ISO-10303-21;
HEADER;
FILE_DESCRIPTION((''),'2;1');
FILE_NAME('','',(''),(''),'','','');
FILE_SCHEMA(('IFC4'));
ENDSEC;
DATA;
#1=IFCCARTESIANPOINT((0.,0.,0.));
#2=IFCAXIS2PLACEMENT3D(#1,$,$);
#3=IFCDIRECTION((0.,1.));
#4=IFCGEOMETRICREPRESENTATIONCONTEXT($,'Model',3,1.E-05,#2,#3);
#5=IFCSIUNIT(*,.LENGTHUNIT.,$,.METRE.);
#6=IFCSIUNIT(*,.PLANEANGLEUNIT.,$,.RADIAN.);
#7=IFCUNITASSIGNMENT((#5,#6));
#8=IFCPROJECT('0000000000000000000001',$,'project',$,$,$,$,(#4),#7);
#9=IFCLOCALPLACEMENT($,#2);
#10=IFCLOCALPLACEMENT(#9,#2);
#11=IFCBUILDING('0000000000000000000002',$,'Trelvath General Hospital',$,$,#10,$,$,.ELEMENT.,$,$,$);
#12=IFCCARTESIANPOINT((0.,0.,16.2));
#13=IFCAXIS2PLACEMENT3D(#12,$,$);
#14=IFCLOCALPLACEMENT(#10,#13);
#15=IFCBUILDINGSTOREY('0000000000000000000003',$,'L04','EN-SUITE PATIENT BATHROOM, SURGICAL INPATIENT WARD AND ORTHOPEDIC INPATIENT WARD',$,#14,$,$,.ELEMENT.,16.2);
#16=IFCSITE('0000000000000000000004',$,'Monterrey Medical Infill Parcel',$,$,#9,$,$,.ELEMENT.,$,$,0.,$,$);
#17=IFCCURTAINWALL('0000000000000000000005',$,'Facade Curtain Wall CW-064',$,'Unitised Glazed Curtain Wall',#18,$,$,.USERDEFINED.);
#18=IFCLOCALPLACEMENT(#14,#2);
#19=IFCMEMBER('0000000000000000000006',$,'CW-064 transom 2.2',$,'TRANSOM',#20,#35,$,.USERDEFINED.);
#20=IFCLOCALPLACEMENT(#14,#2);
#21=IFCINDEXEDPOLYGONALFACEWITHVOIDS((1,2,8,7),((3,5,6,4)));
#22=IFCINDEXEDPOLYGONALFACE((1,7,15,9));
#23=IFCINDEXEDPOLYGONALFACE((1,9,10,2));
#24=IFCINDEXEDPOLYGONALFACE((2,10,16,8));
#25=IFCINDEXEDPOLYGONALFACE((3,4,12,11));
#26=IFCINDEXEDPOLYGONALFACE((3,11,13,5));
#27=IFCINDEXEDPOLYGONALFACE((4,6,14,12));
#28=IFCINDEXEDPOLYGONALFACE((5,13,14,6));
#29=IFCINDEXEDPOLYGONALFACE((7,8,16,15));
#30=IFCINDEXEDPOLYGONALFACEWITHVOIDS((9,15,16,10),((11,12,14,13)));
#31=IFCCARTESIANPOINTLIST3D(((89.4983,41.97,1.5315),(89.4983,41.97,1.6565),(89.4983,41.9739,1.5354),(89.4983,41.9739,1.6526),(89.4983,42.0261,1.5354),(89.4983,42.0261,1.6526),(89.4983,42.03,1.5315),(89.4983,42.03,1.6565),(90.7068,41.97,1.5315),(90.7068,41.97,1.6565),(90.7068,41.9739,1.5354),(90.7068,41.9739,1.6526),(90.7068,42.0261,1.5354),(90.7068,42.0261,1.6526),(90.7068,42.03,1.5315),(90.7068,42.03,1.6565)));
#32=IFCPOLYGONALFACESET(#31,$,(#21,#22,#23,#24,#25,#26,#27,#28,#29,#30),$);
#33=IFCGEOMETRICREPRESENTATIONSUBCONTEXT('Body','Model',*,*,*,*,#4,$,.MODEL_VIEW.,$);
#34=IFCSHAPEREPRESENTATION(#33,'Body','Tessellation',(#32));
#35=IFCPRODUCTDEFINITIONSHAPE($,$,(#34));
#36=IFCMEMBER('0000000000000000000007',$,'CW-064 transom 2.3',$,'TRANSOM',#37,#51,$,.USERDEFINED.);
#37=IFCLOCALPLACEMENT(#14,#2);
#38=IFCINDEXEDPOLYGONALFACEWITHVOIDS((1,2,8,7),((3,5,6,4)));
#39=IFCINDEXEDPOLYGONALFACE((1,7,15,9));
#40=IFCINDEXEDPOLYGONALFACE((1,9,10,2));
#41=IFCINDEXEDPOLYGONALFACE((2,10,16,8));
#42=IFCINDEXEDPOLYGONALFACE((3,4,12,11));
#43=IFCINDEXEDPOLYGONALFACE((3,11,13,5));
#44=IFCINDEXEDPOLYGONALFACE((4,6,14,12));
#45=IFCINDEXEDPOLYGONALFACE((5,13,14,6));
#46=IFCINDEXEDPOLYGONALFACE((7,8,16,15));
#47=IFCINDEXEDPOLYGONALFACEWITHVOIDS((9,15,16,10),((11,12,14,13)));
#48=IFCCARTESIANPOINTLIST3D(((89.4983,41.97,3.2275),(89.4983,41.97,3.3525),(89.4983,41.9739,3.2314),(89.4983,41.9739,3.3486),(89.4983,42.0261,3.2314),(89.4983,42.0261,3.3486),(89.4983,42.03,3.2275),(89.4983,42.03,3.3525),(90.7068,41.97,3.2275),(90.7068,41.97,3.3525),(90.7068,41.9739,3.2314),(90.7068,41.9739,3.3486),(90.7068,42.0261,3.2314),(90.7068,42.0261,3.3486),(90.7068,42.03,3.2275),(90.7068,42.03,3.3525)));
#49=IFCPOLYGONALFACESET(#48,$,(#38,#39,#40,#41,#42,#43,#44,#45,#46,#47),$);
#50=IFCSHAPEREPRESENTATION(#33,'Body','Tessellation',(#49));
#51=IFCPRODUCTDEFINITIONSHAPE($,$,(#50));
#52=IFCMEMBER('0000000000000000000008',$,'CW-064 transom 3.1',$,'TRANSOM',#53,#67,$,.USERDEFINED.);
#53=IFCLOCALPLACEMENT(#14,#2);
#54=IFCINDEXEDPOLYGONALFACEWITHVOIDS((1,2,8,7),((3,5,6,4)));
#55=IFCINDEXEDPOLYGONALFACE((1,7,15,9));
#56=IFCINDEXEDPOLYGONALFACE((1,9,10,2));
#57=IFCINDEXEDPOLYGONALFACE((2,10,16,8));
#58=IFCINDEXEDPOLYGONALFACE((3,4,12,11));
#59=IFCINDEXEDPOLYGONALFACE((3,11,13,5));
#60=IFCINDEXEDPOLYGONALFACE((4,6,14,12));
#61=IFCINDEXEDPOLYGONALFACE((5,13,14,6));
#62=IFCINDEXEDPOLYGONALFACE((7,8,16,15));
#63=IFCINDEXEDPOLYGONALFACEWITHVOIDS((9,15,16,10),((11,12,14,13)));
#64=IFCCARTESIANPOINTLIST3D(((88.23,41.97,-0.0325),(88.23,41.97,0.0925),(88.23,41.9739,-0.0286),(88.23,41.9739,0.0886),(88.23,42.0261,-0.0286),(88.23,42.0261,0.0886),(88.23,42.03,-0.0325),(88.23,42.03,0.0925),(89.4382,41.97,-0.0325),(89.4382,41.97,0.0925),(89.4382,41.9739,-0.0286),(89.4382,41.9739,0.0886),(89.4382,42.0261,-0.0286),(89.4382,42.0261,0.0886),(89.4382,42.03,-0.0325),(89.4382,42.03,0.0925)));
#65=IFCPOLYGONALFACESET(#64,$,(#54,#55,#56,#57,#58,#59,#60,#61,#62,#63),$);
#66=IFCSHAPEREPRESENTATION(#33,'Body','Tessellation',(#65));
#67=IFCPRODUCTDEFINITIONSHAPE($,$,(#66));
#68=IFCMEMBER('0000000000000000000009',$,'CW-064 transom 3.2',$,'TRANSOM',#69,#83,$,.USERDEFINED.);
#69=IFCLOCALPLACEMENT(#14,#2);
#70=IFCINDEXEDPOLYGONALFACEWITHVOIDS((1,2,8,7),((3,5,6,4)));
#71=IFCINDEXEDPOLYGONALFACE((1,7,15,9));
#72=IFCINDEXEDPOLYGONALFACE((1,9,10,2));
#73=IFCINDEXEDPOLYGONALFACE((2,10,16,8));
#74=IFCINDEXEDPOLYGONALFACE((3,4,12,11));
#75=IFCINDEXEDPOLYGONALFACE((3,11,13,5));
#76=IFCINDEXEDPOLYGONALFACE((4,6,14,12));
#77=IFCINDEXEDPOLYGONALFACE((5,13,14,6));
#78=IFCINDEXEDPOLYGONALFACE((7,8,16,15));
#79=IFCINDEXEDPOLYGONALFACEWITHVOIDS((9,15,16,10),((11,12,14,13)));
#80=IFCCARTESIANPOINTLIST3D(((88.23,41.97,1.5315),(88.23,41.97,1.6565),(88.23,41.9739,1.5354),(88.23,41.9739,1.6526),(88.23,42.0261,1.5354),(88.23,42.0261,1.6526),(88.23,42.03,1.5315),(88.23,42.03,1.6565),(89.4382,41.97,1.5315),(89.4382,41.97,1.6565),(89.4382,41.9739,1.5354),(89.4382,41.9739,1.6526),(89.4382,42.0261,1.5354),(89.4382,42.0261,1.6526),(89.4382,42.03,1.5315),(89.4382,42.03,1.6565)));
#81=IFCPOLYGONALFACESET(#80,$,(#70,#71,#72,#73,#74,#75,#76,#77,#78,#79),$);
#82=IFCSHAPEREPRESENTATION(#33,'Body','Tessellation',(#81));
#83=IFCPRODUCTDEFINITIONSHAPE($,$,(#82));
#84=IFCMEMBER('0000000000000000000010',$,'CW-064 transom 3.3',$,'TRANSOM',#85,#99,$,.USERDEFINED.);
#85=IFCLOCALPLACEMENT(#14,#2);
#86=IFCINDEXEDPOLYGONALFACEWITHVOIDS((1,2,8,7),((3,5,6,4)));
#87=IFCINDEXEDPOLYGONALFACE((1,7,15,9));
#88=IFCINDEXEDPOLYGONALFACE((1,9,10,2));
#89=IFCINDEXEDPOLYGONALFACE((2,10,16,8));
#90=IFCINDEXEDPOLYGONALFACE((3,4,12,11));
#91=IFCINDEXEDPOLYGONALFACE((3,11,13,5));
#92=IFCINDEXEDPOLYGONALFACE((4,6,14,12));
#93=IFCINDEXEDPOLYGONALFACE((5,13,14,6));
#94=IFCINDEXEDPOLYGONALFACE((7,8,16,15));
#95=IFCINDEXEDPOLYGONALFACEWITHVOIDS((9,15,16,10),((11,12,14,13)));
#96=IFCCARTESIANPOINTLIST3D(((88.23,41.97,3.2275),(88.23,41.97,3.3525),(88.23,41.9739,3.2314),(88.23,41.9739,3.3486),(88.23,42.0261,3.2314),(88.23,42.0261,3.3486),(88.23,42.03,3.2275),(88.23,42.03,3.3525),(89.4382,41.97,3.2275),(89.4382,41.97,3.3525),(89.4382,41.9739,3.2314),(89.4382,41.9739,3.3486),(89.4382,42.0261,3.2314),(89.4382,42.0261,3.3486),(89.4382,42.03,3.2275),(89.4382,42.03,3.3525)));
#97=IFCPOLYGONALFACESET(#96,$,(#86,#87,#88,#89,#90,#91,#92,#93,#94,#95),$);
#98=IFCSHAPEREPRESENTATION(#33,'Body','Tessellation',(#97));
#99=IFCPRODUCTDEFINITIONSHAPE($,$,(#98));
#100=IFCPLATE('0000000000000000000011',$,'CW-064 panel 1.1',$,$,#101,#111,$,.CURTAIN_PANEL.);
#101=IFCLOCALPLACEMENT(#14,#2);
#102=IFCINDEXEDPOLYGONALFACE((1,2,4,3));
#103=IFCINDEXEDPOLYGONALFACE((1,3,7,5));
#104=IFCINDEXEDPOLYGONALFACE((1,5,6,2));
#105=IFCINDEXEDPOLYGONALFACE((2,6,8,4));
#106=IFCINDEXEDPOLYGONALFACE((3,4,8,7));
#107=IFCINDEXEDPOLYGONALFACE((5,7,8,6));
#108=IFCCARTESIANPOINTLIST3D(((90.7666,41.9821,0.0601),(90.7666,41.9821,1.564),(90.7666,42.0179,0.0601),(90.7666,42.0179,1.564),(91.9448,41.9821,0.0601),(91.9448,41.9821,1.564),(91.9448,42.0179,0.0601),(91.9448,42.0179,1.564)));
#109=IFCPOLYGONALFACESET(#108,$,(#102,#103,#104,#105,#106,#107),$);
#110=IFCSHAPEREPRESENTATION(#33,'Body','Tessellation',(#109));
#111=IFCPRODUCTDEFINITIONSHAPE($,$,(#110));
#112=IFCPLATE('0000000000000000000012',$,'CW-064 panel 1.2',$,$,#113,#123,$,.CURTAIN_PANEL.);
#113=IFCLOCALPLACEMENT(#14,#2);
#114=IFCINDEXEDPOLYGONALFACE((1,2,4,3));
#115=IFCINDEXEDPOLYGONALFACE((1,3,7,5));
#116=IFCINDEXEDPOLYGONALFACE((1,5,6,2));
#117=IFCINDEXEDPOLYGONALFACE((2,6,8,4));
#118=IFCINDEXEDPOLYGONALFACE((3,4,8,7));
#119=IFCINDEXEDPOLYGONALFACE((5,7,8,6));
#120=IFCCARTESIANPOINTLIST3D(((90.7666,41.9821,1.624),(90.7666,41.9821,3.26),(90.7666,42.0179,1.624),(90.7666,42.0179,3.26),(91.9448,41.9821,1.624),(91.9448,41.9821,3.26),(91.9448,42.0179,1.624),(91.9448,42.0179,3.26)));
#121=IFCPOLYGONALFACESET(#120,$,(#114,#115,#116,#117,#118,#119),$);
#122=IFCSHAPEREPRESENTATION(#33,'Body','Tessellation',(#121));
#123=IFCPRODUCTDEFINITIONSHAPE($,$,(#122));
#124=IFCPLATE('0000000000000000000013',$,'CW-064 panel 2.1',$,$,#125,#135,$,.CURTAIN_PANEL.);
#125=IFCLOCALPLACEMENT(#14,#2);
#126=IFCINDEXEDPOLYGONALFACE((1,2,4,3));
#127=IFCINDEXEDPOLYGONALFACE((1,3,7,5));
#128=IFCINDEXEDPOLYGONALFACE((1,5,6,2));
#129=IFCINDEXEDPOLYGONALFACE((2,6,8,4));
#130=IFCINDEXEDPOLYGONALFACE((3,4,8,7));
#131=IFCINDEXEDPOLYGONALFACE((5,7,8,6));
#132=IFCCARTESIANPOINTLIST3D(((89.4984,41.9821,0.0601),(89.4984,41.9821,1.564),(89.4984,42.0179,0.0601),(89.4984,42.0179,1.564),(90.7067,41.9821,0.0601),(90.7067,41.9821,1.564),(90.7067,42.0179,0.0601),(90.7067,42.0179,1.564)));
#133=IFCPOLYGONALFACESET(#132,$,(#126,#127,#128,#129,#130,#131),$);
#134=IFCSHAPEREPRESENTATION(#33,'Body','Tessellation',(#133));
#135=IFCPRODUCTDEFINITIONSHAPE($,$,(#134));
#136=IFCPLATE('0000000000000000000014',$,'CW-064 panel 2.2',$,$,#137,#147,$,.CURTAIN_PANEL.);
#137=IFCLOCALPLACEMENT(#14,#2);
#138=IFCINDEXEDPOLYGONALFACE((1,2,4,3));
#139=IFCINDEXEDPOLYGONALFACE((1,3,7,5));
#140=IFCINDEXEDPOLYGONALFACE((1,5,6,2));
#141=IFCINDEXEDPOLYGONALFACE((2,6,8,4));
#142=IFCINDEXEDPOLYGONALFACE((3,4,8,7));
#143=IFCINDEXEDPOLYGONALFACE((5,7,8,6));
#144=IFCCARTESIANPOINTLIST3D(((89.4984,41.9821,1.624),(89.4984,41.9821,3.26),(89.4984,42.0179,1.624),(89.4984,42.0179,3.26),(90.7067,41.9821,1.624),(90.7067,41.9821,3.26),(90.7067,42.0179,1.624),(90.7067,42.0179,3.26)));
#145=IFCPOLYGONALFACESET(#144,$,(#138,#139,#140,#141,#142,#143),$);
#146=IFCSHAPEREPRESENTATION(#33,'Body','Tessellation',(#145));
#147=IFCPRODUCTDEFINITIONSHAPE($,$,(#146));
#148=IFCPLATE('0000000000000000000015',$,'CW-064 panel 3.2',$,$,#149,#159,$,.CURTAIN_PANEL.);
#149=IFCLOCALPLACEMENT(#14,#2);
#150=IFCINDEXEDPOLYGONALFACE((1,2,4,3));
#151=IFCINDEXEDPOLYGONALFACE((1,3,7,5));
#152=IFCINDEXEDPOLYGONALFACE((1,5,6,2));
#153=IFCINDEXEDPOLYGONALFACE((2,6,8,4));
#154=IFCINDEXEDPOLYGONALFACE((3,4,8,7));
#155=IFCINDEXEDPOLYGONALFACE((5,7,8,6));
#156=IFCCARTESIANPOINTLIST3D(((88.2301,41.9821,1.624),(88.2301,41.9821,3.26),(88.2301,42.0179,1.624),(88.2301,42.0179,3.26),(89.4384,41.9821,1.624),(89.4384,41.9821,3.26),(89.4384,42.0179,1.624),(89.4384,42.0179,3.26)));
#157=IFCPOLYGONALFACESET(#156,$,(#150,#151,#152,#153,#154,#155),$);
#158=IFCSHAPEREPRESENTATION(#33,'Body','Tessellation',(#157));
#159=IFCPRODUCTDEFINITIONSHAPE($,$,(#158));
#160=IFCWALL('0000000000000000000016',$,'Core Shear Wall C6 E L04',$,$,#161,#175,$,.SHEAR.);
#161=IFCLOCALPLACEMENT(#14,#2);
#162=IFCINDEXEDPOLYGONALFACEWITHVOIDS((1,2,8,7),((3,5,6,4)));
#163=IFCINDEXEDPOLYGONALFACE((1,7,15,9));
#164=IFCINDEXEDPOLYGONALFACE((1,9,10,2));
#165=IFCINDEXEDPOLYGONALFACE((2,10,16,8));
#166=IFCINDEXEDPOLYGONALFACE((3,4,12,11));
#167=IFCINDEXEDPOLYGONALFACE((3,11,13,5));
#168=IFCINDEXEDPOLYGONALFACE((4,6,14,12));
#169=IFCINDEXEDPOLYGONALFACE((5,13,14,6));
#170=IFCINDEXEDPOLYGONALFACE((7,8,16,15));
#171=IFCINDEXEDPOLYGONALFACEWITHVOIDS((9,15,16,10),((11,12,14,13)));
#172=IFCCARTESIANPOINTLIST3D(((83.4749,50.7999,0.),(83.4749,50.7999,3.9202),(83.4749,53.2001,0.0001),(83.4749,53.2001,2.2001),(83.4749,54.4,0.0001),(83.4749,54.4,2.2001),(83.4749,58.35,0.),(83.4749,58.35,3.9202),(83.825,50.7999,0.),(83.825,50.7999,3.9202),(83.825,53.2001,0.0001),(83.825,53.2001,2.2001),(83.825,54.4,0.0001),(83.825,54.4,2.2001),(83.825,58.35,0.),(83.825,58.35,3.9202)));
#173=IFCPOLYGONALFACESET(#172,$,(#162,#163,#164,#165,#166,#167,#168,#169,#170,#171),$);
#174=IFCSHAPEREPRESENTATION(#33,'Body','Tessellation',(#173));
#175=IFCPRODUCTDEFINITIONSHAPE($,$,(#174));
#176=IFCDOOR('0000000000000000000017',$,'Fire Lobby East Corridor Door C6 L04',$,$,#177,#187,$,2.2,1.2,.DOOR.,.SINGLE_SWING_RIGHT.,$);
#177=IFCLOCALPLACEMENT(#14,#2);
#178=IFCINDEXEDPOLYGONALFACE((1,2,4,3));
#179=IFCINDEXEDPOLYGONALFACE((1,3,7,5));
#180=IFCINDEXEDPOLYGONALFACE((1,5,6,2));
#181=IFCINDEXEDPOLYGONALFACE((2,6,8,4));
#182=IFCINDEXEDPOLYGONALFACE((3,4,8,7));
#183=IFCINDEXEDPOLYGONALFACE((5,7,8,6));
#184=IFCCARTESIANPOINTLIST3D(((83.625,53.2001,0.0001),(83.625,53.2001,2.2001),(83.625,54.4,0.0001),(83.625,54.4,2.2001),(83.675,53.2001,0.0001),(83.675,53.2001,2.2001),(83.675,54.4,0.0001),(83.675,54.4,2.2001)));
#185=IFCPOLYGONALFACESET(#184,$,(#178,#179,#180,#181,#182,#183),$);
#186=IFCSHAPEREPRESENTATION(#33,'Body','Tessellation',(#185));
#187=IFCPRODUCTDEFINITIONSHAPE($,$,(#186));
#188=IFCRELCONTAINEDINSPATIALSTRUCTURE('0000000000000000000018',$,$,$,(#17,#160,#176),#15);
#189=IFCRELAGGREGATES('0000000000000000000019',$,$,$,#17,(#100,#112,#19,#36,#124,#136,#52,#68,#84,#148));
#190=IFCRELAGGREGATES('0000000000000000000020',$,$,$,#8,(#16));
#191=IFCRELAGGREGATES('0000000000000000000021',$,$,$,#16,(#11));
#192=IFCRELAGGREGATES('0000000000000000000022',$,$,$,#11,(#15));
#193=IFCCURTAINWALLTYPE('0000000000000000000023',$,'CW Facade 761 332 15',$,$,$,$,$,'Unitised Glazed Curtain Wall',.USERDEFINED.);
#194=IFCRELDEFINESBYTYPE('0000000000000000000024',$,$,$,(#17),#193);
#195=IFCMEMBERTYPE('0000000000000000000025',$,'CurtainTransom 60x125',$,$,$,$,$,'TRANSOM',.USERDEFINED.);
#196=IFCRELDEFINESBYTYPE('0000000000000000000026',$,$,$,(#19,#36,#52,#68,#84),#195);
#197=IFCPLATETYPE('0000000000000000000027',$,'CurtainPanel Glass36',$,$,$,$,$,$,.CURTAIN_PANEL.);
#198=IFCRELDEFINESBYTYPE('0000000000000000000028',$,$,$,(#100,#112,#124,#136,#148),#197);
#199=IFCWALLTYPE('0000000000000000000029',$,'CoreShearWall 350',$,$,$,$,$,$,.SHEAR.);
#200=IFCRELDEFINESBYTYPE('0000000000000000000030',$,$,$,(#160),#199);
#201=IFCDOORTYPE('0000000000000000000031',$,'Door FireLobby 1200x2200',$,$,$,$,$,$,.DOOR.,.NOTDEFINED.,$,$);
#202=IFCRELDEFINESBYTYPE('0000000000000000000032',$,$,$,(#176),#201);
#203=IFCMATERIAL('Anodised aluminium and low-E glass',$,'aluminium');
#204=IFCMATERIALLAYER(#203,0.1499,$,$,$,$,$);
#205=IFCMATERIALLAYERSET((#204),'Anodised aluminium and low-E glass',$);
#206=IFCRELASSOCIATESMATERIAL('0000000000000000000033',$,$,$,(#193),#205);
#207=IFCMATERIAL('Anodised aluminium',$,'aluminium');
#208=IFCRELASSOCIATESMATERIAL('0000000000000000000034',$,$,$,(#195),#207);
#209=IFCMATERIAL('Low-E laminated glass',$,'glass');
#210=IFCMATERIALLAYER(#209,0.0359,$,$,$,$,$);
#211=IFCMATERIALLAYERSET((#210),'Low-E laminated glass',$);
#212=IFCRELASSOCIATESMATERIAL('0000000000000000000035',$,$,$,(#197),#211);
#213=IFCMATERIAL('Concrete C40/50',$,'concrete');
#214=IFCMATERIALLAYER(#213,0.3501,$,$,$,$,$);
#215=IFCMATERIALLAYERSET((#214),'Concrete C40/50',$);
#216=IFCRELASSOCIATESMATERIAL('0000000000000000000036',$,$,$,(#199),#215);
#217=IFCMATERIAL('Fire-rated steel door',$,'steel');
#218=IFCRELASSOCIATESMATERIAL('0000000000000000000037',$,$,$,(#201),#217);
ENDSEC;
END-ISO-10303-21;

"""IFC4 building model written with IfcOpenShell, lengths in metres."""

from ifc_helpers import new_model, si_unit, direction, frame, frame_2d, origin, origin_2d, place, context, subcontext, project, spatial, rectangle, hollow_rectangle, extrude, material, layer, layer_set, material_profile, profile_set, type_object, element, fill, aggregate, save


model = new_model("IFC4")

# Units and contexts
model_context = context("Model", 3, precision=1e-05, world=origin(), true_north=direction((0.0, 1.0)))
body_context = subcontext(model_context, "Body", "Model", "MODEL_VIEW")
ifc_project = project(units=[si_unit("LENGTHUNIT", "METRE"), si_unit("PLANEANGLEUNIT", "RADIAN")], contexts=[model_context])

# Site, building, storey
site_placement = place(None, origin())
site = spatial("IfcSite", under=ifc_project, at=site_placement, Name="Monterrey Medical Infill Parcel", CompositionType="ELEMENT", RefElevation=0.0)
building_placement = place(site_placement, origin())
building = spatial("IfcBuilding", under=site, at=building_placement, Name="Trelvath General Hospital", CompositionType="ELEMENT")
storey_placement = place(building_placement, frame((0.0, 0.0, 16.2)))
storey = spatial("IfcBuildingStorey", under=building, at=storey_placement, Name="L04", Description="EN-SUITE PATIENT BATHROOM, SURGICAL INPATIENT WARD AND ORTHOPEDIC INPATIENT WARD", CompositionType="ELEMENT", Elevation=16.2)

# Curtain wall, members, plates
ifc_material_1 = material(Name="Anodised aluminium and low-E glass", Category="aluminium")
ifc_layer_1 = layer(ifc_material_1, 0.1499)
ifc_layer_set_1 = layer_set([ifc_layer_1], Name="Anodised aluminium and low-E glass")
curtain_wall_type = type_object("IfcCurtainWallType", Name="CW Facade 761 332 15", ElementType="Unitised Glazed Curtain Wall", PredefinedType="USERDEFINED", material=ifc_layer_set_1)
curtain_wall_placement = place(storey_placement, origin())
curtain_wall = element("IfcCurtainWall", 1, at=curtain_wall_placement, inside=storey, type_object=curtain_wall_type, Name="Facade Curtain Wall CW-064", ObjectType="Unitised Glazed Curtain Wall", PredefinedType="USERDEFINED")
ifc_material_2 = material(Name="Anodised aluminium", Category="aluminium")
ifc_material_profile_1 = material_profile(ifc_material_2, hollow_rectangle(XDim=0.0601, YDim=0.125, WallThickness=0.0039, at=origin_2d()), Name="RHS60x125x4")
ifc_profile_set_1 = profile_set([ifc_material_profile_1], Name="Anodised aluminium")
member_type_1 = type_object("IfcMemberType", Name="CurtainTransom 60x125", ElementType="TRANSOM", PredefinedType="USERDEFINED", material=ifc_profile_set_1)
member_1_placement = place(storey_placement, frame((90.7068, 42.0, 1.594), z_axis=(-1.0, 0.0, 0.0), x_axis=(0.0, -1.0, 0.0)))
member_1 = element("IfcMember", 2, at=member_1_placement, type_object=member_type_1, Name="CW-064 transom 2.2", ObjectType="TRANSOM", PredefinedType="USERDEFINED", context=body_context, shape_type="SweptSolid", body=[
    extrude(hollow_rectangle(XDim=0.0601, YDim=0.125, WallThickness=0.0039, at=origin_2d()), origin(), (0.0, 0.0, 1.0), 1.2085),
])
member_2_placement = place(storey_placement, frame((90.7068, 42.0, 3.29), z_axis=(-1.0, 0.0, 0.0), x_axis=(0.0, -1.0, 0.0)))
member_2 = element("IfcMember", 3, at=member_2_placement, type_object=member_type_1, Name="CW-064 transom 2.3", ObjectType="TRANSOM", PredefinedType="USERDEFINED", context=body_context, shape_type="SweptSolid", body=[
    extrude(hollow_rectangle(XDim=0.0601, YDim=0.125, WallThickness=0.0039, at=origin_2d()), origin(), (0.0, 0.0, 1.0), 1.2085),
])
member_3_placement = place(storey_placement, frame((89.4382, 42.0, 0.03), z_axis=(-1.0, 0.0, 0.0), x_axis=(0.0, -1.0, 0.0)))
member_3 = element("IfcMember", 4, at=member_3_placement, type_object=member_type_1, Name="CW-064 transom 3.1", ObjectType="TRANSOM", PredefinedType="USERDEFINED", context=body_context, shape_type="SweptSolid", body=[
    extrude(hollow_rectangle(XDim=0.0601, YDim=0.125, WallThickness=0.0039, at=origin_2d()), origin(), (0.0, 0.0, 1.0), 1.2083),
])
member_4_placement = place(storey_placement, frame((89.4382, 42.0, 1.594), z_axis=(-1.0, 0.0, 0.0), x_axis=(0.0, -1.0, 0.0)))
member_4 = element("IfcMember", 5, at=member_4_placement, type_object=member_type_1, Name="CW-064 transom 3.2", ObjectType="TRANSOM", PredefinedType="USERDEFINED", context=body_context, shape_type="SweptSolid", body=[
    extrude(hollow_rectangle(XDim=0.0601, YDim=0.125, WallThickness=0.0039, at=origin_2d()), origin(), (0.0, 0.0, 1.0), 1.2083),
])
member_5_placement = place(storey_placement, frame((89.4382, 42.0, 3.29), z_axis=(-1.0, 0.0, 0.0), x_axis=(0.0, -1.0, 0.0)))
member_5 = element("IfcMember", 6, at=member_5_placement, type_object=member_type_1, Name="CW-064 transom 3.3", ObjectType="TRANSOM", PredefinedType="USERDEFINED", context=body_context, shape_type="SweptSolid", body=[
    extrude(hollow_rectangle(XDim=0.0601, YDim=0.125, WallThickness=0.0039, at=origin_2d()), origin(), (0.0, 0.0, 1.0), 1.2083),
])
ifc_material_3 = material(Name="Low-E laminated glass", Category="glass")
ifc_layer_2 = layer(ifc_material_3, 0.0359)
ifc_layer_set_2 = layer_set([ifc_layer_2], Name="Low-E laminated glass")
plate_type = type_object("IfcPlateType", Name="CurtainPanel Glass36", PredefinedType="CURTAIN_PANEL", material=ifc_layer_set_2)
plate_1_placement = place(storey_placement, frame((91.3557, 42.0, 0.0601), z_axis=(0.0, 0.0, 1.0), x_axis=(-1.0, 0.0, 0.0)))
plate_1 = element("IfcPlate", 7, at=plate_1_placement, type_object=plate_type, Name="CW-064 panel 1.1", PredefinedType="CURTAIN_PANEL", context=body_context, shape_type="SweptSolid", body=[
    extrude(rectangle(XDim=1.1782, YDim=0.0359, at=origin_2d()), origin(), (0.0, 0.0, 1.0), 1.5039),
])
plate_2_placement = place(storey_placement, frame((91.3557, 42.0, 1.624), z_axis=(0.0, 0.0, 1.0), x_axis=(-1.0, 0.0, 0.0)))
plate_2 = element("IfcPlate", 8, at=plate_2_placement, type_object=plate_type, Name="CW-064 panel 1.2", PredefinedType="CURTAIN_PANEL", context=body_context, shape_type="SweptSolid", body=[
    extrude(rectangle(XDim=1.1782, YDim=0.0359, at=origin_2d()), origin(), (0.0, 0.0, 1.0), 1.636),
])
plate_3_placement = place(storey_placement, frame((90.1025, 42.0, 0.0601), z_axis=(0.0, 0.0, 1.0), x_axis=(-1.0, 0.0, 0.0)))
plate_3 = element("IfcPlate", 9, at=plate_3_placement, type_object=plate_type, Name="CW-064 panel 2.1", PredefinedType="CURTAIN_PANEL", context=body_context, shape_type="SweptSolid", body=[
    extrude(rectangle(XDim=1.2083, YDim=0.0359, at=origin_2d()), origin(), (0.0, 0.0, 1.0), 1.5039),
])
plate_4_placement = place(storey_placement, frame((90.1025, 42.0, 1.624), z_axis=(0.0, 0.0, 1.0), x_axis=(-1.0, 0.0, 0.0)))
plate_4 = element("IfcPlate", 10, at=plate_4_placement, type_object=plate_type, Name="CW-064 panel 2.2", PredefinedType="CURTAIN_PANEL", context=body_context, shape_type="SweptSolid", body=[
    extrude(rectangle(XDim=1.2083, YDim=0.0359, at=origin_2d()), origin(), (0.0, 0.0, 1.0), 1.636),
])
plate_5_placement = place(storey_placement, frame((88.8342, 42.0, 1.624), z_axis=(0.0, 0.0, 1.0), x_axis=(-1.0, 0.0, 0.0)))
plate_5 = element("IfcPlate", 11, at=plate_5_placement, type_object=plate_type, Name="CW-064 panel 3.2", PredefinedType="CURTAIN_PANEL", context=body_context, shape_type="SweptSolid", body=[
    extrude(rectangle(XDim=1.2083, YDim=0.0359, at=origin_2d()), origin(), (0.0, 0.0, 1.0), 1.636),
])
aggregate(curtain_wall, [plate_1, plate_2, member_1, member_2, plate_3, plate_4, member_3, member_4, member_5, plate_5])

# Wall, opening, door
ifc_material_4 = material(Name="Concrete C40/50", Category="concrete")
ifc_layer_3 = layer(ifc_material_4, 0.3501)
ifc_layer_set_3 = layer_set([ifc_layer_3], Name="Concrete C40/50")
wall_type = type_object("IfcWallType", Name="CoreShearWall 350", PredefinedType="SHEAR", material=ifc_layer_set_3)
wall_placement = place(storey_placement, frame((83.6499, 50.8, 0.0), z_axis=(0.0, 0.0, 1.0), x_axis=(0.0, 1.0, 0.0)))
wall = element("IfcWall", 12, at=wall_placement, inside=storey, type_object=wall_type, Name="Core Shear Wall C6 E L04", PredefinedType="SHEAR", context=body_context, shape_type="SweptSolid", body=[
    extrude(rectangle(XDim=7.55, YDim=0.3501, at=frame_2d((3.7749, 0.0))), origin(), (0.0, 0.0, 1.0), 3.9202),
])
opening_placement = place(wall_placement, frame((2.3999, 0.0, 0.0)))
opening = element("IfcOpeningElement", 13, at=opening_placement, cuts=wall, PredefinedType="OPENING", context=body_context, shape_type="SweptSolid", body=[
    extrude(rectangle(XDim=1.2, YDim=2.2, at=frame_2d((0.6001, 1.1001))), frame((0.0, 0.1851, 0.0), z_axis=(0.0, -1.0, 0.0), x_axis=(1.0, 0.0, 0.0)), (0.0, 0.0, 1.0), 0.3701),
])
ifc_material_5 = material(Name="Fire-rated steel door", Category="steel")
door_type = type_object("IfcDoorType", Name="Door FireLobby 1200x2200", OperationType="NOTDEFINED", PredefinedType="DOOR", material=ifc_material_5)
door_placement = place(opening_placement, origin())
door = element("IfcDoor", 14, at=door_placement, inside=storey, type_object=door_type, Name="Fire Lobby East Corridor Door C6 L04", OperationType="SINGLE_SWING_RIGHT", OverallHeight=2.2, OverallWidth=1.2, PredefinedType="DOOR", context=body_context, shape_type="SweptSolid", body=[
    extrude(rectangle(XDim=1.2, YDim=2.2, at=frame_2d((0.6001, 1.1001))), frame((0.0, 0.0249, 0.0), z_axis=(0.0, -1.0, 0.0), x_axis=(1.0, 0.0, 0.0)), (0.0, 0.0, 1.0), 0.05),
])
fill(opening, door)

save(model, "model.ifc")
